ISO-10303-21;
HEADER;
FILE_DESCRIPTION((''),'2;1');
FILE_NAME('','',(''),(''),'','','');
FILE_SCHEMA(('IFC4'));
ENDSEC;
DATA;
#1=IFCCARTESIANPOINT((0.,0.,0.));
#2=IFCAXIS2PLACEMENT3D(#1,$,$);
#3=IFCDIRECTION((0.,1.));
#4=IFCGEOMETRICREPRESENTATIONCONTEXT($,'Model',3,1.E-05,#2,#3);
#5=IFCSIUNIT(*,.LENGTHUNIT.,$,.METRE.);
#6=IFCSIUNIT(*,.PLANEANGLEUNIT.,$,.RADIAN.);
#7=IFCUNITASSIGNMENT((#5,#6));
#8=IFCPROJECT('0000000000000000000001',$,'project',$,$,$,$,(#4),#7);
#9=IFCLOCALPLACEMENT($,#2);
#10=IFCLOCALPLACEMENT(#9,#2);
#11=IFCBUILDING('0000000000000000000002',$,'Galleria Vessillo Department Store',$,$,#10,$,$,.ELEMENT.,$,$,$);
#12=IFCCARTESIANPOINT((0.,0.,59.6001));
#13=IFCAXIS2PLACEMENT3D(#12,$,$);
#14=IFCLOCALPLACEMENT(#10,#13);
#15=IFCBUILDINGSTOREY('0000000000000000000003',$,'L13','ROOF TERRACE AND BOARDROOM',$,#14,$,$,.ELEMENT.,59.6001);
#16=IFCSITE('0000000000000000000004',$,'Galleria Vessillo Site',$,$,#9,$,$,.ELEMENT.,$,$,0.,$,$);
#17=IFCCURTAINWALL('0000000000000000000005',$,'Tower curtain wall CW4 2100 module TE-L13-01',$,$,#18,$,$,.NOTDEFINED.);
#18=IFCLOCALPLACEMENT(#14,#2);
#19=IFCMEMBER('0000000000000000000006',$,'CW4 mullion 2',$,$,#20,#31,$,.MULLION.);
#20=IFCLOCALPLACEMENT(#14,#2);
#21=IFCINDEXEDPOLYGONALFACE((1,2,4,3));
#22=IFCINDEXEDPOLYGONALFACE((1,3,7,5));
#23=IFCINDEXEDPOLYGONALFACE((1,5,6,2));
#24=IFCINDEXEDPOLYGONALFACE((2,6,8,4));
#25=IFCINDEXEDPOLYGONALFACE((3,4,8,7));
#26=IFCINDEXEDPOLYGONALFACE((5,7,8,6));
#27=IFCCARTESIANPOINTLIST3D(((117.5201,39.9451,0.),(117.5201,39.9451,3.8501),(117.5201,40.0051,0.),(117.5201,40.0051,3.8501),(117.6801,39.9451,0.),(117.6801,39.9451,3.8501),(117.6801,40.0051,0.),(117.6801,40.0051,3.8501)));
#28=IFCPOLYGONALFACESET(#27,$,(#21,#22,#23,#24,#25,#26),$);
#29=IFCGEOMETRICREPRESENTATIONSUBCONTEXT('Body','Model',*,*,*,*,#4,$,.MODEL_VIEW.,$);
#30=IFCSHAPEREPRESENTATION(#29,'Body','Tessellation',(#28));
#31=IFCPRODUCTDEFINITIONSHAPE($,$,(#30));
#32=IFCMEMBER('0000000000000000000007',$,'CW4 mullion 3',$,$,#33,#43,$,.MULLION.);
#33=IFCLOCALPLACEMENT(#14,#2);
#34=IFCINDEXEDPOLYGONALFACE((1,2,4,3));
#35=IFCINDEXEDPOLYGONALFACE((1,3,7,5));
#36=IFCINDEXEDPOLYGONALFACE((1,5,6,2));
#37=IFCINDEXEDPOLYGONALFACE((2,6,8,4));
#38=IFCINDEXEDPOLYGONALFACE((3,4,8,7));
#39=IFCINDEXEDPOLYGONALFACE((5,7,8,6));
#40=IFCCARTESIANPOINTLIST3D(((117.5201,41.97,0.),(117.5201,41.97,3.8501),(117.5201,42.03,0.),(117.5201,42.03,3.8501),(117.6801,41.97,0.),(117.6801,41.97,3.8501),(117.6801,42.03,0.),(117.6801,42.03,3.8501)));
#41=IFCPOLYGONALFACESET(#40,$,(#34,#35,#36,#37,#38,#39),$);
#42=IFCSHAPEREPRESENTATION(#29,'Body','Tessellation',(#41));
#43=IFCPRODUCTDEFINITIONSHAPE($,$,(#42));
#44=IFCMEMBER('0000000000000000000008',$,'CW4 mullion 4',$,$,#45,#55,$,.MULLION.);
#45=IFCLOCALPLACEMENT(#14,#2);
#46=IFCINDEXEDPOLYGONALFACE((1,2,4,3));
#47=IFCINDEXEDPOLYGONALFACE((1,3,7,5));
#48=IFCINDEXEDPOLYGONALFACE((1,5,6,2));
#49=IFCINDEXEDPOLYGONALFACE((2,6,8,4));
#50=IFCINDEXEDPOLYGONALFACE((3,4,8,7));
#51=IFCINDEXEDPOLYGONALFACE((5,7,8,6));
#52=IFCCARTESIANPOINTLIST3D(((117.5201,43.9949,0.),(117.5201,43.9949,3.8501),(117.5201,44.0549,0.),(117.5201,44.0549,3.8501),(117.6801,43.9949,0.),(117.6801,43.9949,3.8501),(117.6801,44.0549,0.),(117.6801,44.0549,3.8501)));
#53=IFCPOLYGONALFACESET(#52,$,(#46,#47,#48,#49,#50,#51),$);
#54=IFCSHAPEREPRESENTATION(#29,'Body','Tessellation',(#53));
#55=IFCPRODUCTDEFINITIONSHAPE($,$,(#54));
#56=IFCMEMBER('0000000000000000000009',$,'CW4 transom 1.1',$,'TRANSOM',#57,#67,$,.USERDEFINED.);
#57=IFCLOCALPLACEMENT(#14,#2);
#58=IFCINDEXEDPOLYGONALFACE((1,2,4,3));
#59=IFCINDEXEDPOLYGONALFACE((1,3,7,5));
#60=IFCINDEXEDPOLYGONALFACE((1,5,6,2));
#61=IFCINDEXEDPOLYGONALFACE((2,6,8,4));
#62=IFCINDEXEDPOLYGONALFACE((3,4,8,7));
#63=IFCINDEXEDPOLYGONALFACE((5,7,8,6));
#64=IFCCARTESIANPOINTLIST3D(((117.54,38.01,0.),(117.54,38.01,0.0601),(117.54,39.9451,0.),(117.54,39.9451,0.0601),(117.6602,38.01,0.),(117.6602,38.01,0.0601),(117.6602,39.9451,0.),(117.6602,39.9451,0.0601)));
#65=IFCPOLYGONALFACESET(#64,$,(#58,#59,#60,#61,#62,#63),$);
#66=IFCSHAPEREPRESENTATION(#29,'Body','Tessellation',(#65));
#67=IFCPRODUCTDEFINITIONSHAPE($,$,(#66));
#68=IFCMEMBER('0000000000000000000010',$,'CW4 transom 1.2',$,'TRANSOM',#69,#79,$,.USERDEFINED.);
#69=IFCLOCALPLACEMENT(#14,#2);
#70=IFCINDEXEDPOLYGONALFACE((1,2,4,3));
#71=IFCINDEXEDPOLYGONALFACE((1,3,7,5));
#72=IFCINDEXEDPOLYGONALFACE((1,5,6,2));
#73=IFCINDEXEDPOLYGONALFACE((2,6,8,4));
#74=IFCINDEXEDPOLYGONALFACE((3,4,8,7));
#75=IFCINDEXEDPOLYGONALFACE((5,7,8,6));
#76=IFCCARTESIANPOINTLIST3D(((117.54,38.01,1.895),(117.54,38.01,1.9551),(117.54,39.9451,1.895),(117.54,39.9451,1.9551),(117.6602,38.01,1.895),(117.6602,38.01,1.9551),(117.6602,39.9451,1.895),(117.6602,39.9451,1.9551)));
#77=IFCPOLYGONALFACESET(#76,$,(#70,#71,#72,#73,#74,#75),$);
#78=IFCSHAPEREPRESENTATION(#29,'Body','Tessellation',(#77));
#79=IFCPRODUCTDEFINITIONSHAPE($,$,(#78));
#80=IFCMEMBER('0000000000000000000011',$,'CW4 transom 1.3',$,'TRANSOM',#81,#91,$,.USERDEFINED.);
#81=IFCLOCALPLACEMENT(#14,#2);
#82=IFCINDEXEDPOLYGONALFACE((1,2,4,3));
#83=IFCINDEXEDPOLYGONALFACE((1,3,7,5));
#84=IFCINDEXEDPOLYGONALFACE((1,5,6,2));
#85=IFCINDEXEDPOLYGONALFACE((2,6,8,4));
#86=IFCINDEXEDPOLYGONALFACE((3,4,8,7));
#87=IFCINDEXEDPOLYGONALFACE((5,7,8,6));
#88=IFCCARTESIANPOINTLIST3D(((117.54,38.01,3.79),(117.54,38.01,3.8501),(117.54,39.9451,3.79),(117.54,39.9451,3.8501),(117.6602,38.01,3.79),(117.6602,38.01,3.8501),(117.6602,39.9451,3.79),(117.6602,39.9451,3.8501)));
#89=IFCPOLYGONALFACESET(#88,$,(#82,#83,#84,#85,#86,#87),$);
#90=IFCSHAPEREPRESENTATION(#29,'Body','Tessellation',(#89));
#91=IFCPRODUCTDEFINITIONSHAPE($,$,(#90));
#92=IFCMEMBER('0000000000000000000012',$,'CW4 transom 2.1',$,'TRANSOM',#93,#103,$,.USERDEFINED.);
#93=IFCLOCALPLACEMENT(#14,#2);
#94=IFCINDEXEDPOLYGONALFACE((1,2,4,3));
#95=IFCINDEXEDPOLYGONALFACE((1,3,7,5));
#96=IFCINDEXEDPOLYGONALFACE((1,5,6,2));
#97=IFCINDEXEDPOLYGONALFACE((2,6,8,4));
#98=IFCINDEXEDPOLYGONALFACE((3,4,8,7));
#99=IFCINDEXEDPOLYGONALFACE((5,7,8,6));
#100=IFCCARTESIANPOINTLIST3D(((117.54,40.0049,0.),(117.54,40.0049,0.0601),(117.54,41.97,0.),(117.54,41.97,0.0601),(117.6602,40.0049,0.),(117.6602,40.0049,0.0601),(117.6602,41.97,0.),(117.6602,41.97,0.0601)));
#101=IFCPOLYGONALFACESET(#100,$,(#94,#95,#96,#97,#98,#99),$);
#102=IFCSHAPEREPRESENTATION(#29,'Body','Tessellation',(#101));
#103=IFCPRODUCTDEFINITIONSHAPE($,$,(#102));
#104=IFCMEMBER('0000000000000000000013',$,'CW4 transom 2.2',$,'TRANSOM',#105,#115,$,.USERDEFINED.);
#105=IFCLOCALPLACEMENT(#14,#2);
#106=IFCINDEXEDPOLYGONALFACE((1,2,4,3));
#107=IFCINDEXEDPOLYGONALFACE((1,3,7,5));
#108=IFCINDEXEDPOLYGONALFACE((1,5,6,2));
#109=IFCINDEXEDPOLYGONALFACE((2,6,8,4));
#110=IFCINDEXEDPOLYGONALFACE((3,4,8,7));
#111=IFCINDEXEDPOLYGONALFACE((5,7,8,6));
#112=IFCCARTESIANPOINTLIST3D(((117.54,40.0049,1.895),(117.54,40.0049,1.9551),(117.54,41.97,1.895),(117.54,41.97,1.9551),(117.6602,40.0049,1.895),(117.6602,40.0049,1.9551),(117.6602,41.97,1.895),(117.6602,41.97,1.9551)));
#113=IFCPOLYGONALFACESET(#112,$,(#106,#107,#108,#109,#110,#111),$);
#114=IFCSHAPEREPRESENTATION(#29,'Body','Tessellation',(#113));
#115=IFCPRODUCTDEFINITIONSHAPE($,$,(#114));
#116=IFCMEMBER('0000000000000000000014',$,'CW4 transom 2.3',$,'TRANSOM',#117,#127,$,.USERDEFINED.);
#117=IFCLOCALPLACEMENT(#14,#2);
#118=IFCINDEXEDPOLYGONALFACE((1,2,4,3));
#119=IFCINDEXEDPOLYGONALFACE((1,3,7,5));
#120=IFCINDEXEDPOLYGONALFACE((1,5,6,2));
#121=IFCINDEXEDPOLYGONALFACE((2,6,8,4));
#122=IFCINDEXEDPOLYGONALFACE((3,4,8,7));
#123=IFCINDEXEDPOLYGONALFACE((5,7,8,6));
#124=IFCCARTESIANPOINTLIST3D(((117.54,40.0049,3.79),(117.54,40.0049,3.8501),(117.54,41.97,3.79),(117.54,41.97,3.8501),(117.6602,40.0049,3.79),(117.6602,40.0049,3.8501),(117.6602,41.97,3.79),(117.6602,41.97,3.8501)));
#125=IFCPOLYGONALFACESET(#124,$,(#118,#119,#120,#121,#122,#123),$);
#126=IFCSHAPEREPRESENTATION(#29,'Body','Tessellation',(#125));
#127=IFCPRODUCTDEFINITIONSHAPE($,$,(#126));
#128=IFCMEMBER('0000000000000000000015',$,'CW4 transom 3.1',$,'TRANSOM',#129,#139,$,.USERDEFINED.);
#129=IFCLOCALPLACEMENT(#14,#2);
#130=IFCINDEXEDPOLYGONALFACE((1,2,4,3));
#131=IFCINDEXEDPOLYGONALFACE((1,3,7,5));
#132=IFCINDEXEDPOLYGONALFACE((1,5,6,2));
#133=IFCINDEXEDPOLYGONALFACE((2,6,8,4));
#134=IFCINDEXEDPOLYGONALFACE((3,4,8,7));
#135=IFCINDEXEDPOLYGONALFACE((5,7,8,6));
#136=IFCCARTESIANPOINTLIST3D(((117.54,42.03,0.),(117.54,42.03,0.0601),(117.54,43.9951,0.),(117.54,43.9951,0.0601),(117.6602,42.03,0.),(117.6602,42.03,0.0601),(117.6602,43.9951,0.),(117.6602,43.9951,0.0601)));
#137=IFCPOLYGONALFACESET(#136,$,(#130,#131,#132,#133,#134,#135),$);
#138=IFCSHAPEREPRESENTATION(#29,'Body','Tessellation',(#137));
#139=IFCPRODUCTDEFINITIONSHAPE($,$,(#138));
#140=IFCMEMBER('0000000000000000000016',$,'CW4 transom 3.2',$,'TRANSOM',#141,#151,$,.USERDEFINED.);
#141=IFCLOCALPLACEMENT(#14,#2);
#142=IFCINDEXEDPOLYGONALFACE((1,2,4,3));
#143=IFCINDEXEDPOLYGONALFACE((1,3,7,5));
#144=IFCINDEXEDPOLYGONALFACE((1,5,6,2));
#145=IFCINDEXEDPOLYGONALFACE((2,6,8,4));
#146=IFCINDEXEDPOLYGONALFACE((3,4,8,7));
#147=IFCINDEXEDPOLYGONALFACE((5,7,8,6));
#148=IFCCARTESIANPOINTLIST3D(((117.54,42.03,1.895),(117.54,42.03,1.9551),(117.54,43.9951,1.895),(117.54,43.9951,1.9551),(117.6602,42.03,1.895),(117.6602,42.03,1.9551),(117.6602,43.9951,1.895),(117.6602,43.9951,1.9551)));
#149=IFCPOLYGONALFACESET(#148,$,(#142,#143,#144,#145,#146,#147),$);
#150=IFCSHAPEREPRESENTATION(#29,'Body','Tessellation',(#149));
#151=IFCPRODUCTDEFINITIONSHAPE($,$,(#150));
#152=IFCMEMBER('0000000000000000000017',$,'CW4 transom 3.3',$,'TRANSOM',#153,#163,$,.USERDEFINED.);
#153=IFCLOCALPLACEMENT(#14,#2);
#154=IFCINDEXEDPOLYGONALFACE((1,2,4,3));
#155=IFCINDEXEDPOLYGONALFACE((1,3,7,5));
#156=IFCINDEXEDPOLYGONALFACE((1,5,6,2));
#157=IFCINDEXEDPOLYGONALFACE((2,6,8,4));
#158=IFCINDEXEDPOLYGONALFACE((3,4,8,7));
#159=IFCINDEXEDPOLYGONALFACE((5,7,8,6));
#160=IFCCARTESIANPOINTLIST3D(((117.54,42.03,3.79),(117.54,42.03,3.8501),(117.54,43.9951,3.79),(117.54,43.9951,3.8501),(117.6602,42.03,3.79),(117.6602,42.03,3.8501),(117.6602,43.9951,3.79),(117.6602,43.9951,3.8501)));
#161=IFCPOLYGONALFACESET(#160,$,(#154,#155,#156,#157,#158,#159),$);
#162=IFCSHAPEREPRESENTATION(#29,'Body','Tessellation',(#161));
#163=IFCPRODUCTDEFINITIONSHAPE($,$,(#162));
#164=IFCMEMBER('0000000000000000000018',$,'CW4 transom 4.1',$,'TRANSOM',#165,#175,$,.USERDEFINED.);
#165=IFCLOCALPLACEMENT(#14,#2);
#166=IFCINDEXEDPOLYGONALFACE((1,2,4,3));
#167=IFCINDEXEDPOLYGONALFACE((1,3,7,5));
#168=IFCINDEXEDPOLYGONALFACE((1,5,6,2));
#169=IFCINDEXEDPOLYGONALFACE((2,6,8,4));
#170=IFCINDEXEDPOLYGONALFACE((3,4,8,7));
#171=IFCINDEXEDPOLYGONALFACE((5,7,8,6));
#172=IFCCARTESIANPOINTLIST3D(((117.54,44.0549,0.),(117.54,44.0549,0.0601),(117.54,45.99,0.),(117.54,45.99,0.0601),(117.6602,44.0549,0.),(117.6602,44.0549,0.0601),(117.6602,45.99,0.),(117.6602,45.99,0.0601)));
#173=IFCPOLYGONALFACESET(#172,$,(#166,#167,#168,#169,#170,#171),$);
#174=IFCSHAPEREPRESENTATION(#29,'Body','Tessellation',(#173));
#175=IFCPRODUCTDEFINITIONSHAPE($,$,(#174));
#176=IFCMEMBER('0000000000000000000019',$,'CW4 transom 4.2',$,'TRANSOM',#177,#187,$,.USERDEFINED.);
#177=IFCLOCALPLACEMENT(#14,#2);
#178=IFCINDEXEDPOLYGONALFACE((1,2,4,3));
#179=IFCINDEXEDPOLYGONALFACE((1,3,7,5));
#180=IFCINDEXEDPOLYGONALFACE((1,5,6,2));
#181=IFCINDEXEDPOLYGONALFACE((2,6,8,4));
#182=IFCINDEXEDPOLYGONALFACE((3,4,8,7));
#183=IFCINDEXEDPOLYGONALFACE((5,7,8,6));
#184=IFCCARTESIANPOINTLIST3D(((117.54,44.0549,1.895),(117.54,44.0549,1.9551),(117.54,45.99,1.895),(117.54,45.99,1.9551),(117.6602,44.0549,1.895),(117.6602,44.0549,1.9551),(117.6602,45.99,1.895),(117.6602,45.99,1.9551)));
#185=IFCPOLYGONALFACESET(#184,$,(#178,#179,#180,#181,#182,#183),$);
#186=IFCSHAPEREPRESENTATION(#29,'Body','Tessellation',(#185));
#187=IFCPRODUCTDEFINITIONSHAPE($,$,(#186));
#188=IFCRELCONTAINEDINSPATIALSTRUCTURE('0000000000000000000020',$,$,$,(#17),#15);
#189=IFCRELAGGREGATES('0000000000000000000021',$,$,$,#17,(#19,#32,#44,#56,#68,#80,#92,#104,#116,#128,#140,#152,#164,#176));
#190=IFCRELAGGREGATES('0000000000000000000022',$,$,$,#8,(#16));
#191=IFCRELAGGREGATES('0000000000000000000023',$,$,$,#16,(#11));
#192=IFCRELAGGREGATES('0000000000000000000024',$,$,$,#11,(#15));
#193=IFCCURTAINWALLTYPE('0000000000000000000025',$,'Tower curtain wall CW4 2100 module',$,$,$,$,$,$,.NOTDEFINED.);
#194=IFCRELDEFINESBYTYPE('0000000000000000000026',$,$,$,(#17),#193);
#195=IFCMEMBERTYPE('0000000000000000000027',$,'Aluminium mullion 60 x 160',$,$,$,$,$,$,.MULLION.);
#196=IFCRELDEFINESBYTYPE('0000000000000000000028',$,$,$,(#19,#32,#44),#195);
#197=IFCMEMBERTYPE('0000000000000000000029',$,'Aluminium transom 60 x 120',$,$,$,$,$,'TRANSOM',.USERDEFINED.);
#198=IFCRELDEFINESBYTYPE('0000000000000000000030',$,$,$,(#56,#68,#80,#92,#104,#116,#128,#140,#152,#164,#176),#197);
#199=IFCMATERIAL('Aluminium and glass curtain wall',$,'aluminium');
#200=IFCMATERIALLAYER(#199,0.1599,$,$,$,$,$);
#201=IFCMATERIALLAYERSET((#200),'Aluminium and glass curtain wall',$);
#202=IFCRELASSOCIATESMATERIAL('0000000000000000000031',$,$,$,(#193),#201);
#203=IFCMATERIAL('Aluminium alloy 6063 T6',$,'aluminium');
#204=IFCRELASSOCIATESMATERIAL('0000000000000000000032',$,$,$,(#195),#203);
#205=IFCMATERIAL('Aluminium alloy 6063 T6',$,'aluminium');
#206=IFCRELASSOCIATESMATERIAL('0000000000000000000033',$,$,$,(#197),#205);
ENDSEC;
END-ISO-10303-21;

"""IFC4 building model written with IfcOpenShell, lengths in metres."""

from ifc_helpers import new_model, si_unit, direction, frame, origin, origin_2d, place, context, subcontext, project, spatial, rectangle, extrude, material, layer, layer_set, material_profile, profile_set, type_object, element, aggregate, save


model = new_model("IFC4")

# Units and contexts
model_context = context("Model", 3, precision=1e-05, world=origin(), true_north=direction((0.0, 1.0)))
body_context = subcontext(model_context, "Body", "Model", "MODEL_VIEW")
ifc_project = project(units=[si_unit("LENGTHUNIT", "METRE"), si_unit("PLANEANGLEUNIT", "RADIAN")], contexts=[model_context])

# Site, building, storey
site_placement = place(None, origin())
site = spatial("IfcSite", under=ifc_project, at=site_placement, Name="Galleria Vessillo Site", CompositionType="ELEMENT", RefElevation=0.0)
building_placement = place(site_placement, origin())
building = spatial("IfcBuilding", under=site, at=building_placement, Name="Galleria Vessillo Department Store", CompositionType="ELEMENT")
storey_placement = place(building_placement, frame((0.0, 0.0, 59.6001)))
storey = spatial("IfcBuildingStorey", under=building, at=storey_placement, Name="L13", Description="ROOF TERRACE AND BOARDROOM", CompositionType="ELEMENT", Elevation=59.6001)

# Curtain wall, members
ifc_material_1 = material(Name="Aluminium and glass curtain wall", Category="aluminium")
ifc_layer_1 = layer(ifc_material_1, 0.1599)
ifc_layer_set_1 = layer_set([ifc_layer_1], Name="Aluminium and glass curtain wall")
curtain_wall_type = type_object("IfcCurtainWallType", Name="Tower curtain wall CW4 2100 module", PredefinedType="NOTDEFINED", material=ifc_layer_set_1)
curtain_wall_placement = place(storey_placement, origin())
curtain_wall = element("IfcCurtainWall", 1, at=curtain_wall_placement, inside=storey, type_object=curtain_wall_type, Name="Tower curtain wall CW4 2100 module TE-L13-01", PredefinedType="NOTDEFINED")
ifc_material_2 = material(Name="Aluminium alloy 6063 T6", Category="aluminium")
ifc_material_profile_1 = material_profile(ifc_material_2, rectangle(XDim=0.1599, YDim=0.0601, at=origin_2d()), Name="AL 60x160")
ifc_profile_set_1 = profile_set([ifc_material_profile_1], Name="Aluminium alloy 6063 T6")
member_type_1 = type_object("IfcMemberType", Name="Aluminium mullion 60 x 160", PredefinedType="MULLION", material=ifc_profile_set_1)
member_1_placement = place(storey_placement, frame((117.6001, 39.9751, 0.0), z_axis=(0.0, 0.0, 1.0), x_axis=(-1.0, 0.0, 0.0)))
member_1 = element("IfcMember", 2, at=member_1_placement, type_object=member_type_1, Name="CW4 mullion 2", PredefinedType="MULLION", context=body_context, shape_type="SweptSolid", body=[
    extrude(rectangle(XDim=0.1599, YDim=0.0601, at=origin_2d()), origin(), (0.0, 0.0, 1.0), 3.8501),
])
member_2_placement = place(storey_placement, frame((117.6001, 42.0, 0.0), z_axis=(0.0, 0.0, 1.0), x_axis=(-1.0, 0.0, 0.0)))
member_2 = element("IfcMember", 3, at=member_2_placement, type_object=member_type_1, Name="CW4 mullion 3", PredefinedType="MULLION", context=body_context, shape_type="SweptSolid", body=[
    extrude(rectangle(XDim=0.1599, YDim=0.0601, at=origin_2d()), origin(), (0.0, 0.0, 1.0), 3.8501),
])
member_3_placement = place(storey_placement, frame((117.6001, 44.0249, 0.0), z_axis=(0.0, 0.0, 1.0), x_axis=(-1.0, 0.0, 0.0)))
member_3 = element("IfcMember", 4, at=member_3_placement, type_object=member_type_1, Name="CW4 mullion 4", PredefinedType="MULLION", context=body_context, shape_type="SweptSolid", body=[
    extrude(rectangle(XDim=0.1599, YDim=0.0601, at=origin_2d()), origin(), (0.0, 0.0, 1.0), 3.8501),
])
ifc_material_3 = material(Name="Aluminium alloy 6063 T6", Category="aluminium")
ifc_material_profile_2 = material_profile(ifc_material_3, rectangle(XDim=0.1201, YDim=0.0601, at=origin_2d()), Name="AL 60x120")
ifc_profile_set_2 = profile_set([ifc_material_profile_2], Name="Aluminium alloy 6063 T6")
member_type_2 = type_object("IfcMemberType", Name="Aluminium transom 60 x 120", ElementType="TRANSOM", PredefinedType="USERDEFINED", material=ifc_profile_set_2)
member_4_placement = place(storey_placement, frame((117.6001, 38.01, 0.03), z_axis=(0.0, 1.0, 0.0), x_axis=(-1.0, 0.0, 0.0)))
member_4 = element("IfcMember", 5, at=member_4_placement, type_object=member_type_2, Name="CW4 transom 1.1", ObjectType="TRANSOM", PredefinedType="USERDEFINED", context=body_context, shape_type="SweptSolid", body=[
    extrude(rectangle(XDim=0.1201, YDim=0.0601, at=origin_2d()), origin(), (0.0, 0.0, 1.0), 1.9351),
])
member_5_placement = place(storey_placement, frame((117.6001, 38.01, 1.925), z_axis=(0.0, 1.0, 0.0), x_axis=(-1.0, 0.0, 0.0)))
member_5 = element("IfcMember", 6, at=member_5_placement, type_object=member_type_2, Name="CW4 transom 1.2", ObjectType="TRANSOM", PredefinedType="USERDEFINED", context=body_context, shape_type="SweptSolid", body=[
    extrude(rectangle(XDim=0.1201, YDim=0.0601, at=origin_2d()), origin(), (0.0, 0.0, 1.0), 1.9351),
])
member_6_placement = place(storey_placement, frame((117.6001, 38.01, 3.8201), z_axis=(0.0, 1.0, 0.0), x_axis=(-1.0, 0.0, 0.0)))
member_6 = element("IfcMember", 7, at=member_6_placement, type_object=member_type_2, Name="CW4 transom 1.3", ObjectType="TRANSOM", PredefinedType="USERDEFINED", context=body_context, shape_type="SweptSolid", body=[
    extrude(rectangle(XDim=0.1201, YDim=0.0601, at=origin_2d()), origin(), (0.0, 0.0, 1.0), 1.9351),
])
member_7_placement = place(storey_placement, frame((117.6001, 40.0049, 0.03), z_axis=(0.0, 1.0, 0.0), x_axis=(-1.0, 0.0, 0.0)))
member_7 = element("IfcMember", 8, at=member_7_placement, type_object=member_type_2, Name="CW4 transom 2.1", ObjectType="TRANSOM", PredefinedType="USERDEFINED", context=body_context, shape_type="SweptSolid", body=[
    extrude(rectangle(XDim=0.1201, YDim=0.0601, at=origin_2d()), origin(), (0.0, 0.0, 1.0), 1.9651),
])
member_8_placement = place(storey_placement, frame((117.6001, 40.0049, 1.925), z_axis=(0.0, 1.0, 0.0), x_axis=(-1.0, 0.0, 0.0)))
member_8 = element("IfcMember", 9, at=member_8_placement, type_object=member_type_2, Name="CW4 transom 2.2", ObjectType="TRANSOM", PredefinedType="USERDEFINED", context=body_context, shape_type="SweptSolid", body=[
    extrude(rectangle(XDim=0.1201, YDim=0.0601, at=origin_2d()), origin(), (0.0, 0.0, 1.0), 1.9651),
])
member_9_placement = place(storey_placement, frame((117.6001, 40.0049, 3.8201), z_axis=(0.0, 1.0, 0.0), x_axis=(-1.0, 0.0, 0.0)))
member_9 = element("IfcMember", 10, at=member_9_placement, type_object=member_type_2, Name="CW4 transom 2.3", ObjectType="TRANSOM", PredefinedType="USERDEFINED", context=body_context, shape_type="SweptSolid", body=[
    extrude(rectangle(XDim=0.1201, YDim=0.0601, at=origin_2d()), origin(), (0.0, 0.0, 1.0), 1.9651),
])
member_10_placement = place(storey_placement, frame((117.6001, 42.03, 0.03), z_axis=(0.0, 1.0, 0.0), x_axis=(-1.0, 0.0, 0.0)))
member_10 = element("IfcMember", 11, at=member_10_placement, type_object=member_type_2, Name="CW4 transom 3.1", ObjectType="TRANSOM", PredefinedType="USERDEFINED", context=body_context, shape_type="SweptSolid", body=[
    extrude(rectangle(XDim=0.1201, YDim=0.0601, at=origin_2d()), origin(), (0.0, 0.0, 1.0), 1.9651),
])
member_11_placement = place(storey_placement, frame((117.6001, 42.03, 1.925), z_axis=(0.0, 1.0, 0.0), x_axis=(-1.0, 0.0, 0.0)))
member_11 = element("IfcMember", 12, at=member_11_placement, type_object=member_type_2, Name="CW4 transom 3.2", ObjectType="TRANSOM", PredefinedType="USERDEFINED", context=body_context, shape_type="SweptSolid", body=[
    extrude(rectangle(XDim=0.1201, YDim=0.0601, at=origin_2d()), origin(), (0.0, 0.0, 1.0), 1.9651),
])
member_12_placement = place(storey_placement, frame((117.6001, 42.03, 3.8201), z_axis=(0.0, 1.0, 0.0), x_axis=(-1.0, 0.0, 0.0)))
member_12 = element("IfcMember", 13, at=member_12_placement, type_object=member_type_2, Name="CW4 transom 3.3", ObjectType="TRANSOM", PredefinedType="USERDEFINED", context=body_context, shape_type="SweptSolid", body=[
    extrude(rectangle(XDim=0.1201, YDim=0.0601, at=origin_2d()), origin(), (0.0, 0.0, 1.0), 1.9651),
])
member_13_placement = place(storey_placement, frame((117.6001, 44.0549, 0.03), z_axis=(0.0, 1.0, 0.0), x_axis=(-1.0, 0.0, 0.0)))
member_13 = element("IfcMember", 14, at=member_13_placement, type_object=member_type_2, Name="CW4 transom 4.1", ObjectType="TRANSOM", PredefinedType="USERDEFINED", context=body_context, shape_type="SweptSolid", body=[
    extrude(rectangle(XDim=0.1201, YDim=0.0601, at=origin_2d()), origin(), (0.0, 0.0, 1.0), 1.9351),
])
member_14_placement = place(storey_placement, frame((117.6001, 44.0549, 1.925), z_axis=(0.0, 1.0, 0.0), x_axis=(-1.0, 0.0, 0.0)))
member_14 = element("IfcMember", 15, at=member_14_placement, type_object=member_type_2, Name="CW4 transom 4.2", ObjectType="TRANSOM", PredefinedType="USERDEFINED", context=body_context, shape_type="SweptSolid", body=[
    extrude(rectangle(XDim=0.1201, YDim=0.0601, at=origin_2d()), origin(), (0.0, 0.0, 1.0), 1.9351),
])
aggregate(curtain_wall, [member_1, member_2, member_3, member_4, member_5, member_6, member_7, member_8, member_9, member_10, member_11, member_12, member_13, member_14])

save(model, "model.ifc")
